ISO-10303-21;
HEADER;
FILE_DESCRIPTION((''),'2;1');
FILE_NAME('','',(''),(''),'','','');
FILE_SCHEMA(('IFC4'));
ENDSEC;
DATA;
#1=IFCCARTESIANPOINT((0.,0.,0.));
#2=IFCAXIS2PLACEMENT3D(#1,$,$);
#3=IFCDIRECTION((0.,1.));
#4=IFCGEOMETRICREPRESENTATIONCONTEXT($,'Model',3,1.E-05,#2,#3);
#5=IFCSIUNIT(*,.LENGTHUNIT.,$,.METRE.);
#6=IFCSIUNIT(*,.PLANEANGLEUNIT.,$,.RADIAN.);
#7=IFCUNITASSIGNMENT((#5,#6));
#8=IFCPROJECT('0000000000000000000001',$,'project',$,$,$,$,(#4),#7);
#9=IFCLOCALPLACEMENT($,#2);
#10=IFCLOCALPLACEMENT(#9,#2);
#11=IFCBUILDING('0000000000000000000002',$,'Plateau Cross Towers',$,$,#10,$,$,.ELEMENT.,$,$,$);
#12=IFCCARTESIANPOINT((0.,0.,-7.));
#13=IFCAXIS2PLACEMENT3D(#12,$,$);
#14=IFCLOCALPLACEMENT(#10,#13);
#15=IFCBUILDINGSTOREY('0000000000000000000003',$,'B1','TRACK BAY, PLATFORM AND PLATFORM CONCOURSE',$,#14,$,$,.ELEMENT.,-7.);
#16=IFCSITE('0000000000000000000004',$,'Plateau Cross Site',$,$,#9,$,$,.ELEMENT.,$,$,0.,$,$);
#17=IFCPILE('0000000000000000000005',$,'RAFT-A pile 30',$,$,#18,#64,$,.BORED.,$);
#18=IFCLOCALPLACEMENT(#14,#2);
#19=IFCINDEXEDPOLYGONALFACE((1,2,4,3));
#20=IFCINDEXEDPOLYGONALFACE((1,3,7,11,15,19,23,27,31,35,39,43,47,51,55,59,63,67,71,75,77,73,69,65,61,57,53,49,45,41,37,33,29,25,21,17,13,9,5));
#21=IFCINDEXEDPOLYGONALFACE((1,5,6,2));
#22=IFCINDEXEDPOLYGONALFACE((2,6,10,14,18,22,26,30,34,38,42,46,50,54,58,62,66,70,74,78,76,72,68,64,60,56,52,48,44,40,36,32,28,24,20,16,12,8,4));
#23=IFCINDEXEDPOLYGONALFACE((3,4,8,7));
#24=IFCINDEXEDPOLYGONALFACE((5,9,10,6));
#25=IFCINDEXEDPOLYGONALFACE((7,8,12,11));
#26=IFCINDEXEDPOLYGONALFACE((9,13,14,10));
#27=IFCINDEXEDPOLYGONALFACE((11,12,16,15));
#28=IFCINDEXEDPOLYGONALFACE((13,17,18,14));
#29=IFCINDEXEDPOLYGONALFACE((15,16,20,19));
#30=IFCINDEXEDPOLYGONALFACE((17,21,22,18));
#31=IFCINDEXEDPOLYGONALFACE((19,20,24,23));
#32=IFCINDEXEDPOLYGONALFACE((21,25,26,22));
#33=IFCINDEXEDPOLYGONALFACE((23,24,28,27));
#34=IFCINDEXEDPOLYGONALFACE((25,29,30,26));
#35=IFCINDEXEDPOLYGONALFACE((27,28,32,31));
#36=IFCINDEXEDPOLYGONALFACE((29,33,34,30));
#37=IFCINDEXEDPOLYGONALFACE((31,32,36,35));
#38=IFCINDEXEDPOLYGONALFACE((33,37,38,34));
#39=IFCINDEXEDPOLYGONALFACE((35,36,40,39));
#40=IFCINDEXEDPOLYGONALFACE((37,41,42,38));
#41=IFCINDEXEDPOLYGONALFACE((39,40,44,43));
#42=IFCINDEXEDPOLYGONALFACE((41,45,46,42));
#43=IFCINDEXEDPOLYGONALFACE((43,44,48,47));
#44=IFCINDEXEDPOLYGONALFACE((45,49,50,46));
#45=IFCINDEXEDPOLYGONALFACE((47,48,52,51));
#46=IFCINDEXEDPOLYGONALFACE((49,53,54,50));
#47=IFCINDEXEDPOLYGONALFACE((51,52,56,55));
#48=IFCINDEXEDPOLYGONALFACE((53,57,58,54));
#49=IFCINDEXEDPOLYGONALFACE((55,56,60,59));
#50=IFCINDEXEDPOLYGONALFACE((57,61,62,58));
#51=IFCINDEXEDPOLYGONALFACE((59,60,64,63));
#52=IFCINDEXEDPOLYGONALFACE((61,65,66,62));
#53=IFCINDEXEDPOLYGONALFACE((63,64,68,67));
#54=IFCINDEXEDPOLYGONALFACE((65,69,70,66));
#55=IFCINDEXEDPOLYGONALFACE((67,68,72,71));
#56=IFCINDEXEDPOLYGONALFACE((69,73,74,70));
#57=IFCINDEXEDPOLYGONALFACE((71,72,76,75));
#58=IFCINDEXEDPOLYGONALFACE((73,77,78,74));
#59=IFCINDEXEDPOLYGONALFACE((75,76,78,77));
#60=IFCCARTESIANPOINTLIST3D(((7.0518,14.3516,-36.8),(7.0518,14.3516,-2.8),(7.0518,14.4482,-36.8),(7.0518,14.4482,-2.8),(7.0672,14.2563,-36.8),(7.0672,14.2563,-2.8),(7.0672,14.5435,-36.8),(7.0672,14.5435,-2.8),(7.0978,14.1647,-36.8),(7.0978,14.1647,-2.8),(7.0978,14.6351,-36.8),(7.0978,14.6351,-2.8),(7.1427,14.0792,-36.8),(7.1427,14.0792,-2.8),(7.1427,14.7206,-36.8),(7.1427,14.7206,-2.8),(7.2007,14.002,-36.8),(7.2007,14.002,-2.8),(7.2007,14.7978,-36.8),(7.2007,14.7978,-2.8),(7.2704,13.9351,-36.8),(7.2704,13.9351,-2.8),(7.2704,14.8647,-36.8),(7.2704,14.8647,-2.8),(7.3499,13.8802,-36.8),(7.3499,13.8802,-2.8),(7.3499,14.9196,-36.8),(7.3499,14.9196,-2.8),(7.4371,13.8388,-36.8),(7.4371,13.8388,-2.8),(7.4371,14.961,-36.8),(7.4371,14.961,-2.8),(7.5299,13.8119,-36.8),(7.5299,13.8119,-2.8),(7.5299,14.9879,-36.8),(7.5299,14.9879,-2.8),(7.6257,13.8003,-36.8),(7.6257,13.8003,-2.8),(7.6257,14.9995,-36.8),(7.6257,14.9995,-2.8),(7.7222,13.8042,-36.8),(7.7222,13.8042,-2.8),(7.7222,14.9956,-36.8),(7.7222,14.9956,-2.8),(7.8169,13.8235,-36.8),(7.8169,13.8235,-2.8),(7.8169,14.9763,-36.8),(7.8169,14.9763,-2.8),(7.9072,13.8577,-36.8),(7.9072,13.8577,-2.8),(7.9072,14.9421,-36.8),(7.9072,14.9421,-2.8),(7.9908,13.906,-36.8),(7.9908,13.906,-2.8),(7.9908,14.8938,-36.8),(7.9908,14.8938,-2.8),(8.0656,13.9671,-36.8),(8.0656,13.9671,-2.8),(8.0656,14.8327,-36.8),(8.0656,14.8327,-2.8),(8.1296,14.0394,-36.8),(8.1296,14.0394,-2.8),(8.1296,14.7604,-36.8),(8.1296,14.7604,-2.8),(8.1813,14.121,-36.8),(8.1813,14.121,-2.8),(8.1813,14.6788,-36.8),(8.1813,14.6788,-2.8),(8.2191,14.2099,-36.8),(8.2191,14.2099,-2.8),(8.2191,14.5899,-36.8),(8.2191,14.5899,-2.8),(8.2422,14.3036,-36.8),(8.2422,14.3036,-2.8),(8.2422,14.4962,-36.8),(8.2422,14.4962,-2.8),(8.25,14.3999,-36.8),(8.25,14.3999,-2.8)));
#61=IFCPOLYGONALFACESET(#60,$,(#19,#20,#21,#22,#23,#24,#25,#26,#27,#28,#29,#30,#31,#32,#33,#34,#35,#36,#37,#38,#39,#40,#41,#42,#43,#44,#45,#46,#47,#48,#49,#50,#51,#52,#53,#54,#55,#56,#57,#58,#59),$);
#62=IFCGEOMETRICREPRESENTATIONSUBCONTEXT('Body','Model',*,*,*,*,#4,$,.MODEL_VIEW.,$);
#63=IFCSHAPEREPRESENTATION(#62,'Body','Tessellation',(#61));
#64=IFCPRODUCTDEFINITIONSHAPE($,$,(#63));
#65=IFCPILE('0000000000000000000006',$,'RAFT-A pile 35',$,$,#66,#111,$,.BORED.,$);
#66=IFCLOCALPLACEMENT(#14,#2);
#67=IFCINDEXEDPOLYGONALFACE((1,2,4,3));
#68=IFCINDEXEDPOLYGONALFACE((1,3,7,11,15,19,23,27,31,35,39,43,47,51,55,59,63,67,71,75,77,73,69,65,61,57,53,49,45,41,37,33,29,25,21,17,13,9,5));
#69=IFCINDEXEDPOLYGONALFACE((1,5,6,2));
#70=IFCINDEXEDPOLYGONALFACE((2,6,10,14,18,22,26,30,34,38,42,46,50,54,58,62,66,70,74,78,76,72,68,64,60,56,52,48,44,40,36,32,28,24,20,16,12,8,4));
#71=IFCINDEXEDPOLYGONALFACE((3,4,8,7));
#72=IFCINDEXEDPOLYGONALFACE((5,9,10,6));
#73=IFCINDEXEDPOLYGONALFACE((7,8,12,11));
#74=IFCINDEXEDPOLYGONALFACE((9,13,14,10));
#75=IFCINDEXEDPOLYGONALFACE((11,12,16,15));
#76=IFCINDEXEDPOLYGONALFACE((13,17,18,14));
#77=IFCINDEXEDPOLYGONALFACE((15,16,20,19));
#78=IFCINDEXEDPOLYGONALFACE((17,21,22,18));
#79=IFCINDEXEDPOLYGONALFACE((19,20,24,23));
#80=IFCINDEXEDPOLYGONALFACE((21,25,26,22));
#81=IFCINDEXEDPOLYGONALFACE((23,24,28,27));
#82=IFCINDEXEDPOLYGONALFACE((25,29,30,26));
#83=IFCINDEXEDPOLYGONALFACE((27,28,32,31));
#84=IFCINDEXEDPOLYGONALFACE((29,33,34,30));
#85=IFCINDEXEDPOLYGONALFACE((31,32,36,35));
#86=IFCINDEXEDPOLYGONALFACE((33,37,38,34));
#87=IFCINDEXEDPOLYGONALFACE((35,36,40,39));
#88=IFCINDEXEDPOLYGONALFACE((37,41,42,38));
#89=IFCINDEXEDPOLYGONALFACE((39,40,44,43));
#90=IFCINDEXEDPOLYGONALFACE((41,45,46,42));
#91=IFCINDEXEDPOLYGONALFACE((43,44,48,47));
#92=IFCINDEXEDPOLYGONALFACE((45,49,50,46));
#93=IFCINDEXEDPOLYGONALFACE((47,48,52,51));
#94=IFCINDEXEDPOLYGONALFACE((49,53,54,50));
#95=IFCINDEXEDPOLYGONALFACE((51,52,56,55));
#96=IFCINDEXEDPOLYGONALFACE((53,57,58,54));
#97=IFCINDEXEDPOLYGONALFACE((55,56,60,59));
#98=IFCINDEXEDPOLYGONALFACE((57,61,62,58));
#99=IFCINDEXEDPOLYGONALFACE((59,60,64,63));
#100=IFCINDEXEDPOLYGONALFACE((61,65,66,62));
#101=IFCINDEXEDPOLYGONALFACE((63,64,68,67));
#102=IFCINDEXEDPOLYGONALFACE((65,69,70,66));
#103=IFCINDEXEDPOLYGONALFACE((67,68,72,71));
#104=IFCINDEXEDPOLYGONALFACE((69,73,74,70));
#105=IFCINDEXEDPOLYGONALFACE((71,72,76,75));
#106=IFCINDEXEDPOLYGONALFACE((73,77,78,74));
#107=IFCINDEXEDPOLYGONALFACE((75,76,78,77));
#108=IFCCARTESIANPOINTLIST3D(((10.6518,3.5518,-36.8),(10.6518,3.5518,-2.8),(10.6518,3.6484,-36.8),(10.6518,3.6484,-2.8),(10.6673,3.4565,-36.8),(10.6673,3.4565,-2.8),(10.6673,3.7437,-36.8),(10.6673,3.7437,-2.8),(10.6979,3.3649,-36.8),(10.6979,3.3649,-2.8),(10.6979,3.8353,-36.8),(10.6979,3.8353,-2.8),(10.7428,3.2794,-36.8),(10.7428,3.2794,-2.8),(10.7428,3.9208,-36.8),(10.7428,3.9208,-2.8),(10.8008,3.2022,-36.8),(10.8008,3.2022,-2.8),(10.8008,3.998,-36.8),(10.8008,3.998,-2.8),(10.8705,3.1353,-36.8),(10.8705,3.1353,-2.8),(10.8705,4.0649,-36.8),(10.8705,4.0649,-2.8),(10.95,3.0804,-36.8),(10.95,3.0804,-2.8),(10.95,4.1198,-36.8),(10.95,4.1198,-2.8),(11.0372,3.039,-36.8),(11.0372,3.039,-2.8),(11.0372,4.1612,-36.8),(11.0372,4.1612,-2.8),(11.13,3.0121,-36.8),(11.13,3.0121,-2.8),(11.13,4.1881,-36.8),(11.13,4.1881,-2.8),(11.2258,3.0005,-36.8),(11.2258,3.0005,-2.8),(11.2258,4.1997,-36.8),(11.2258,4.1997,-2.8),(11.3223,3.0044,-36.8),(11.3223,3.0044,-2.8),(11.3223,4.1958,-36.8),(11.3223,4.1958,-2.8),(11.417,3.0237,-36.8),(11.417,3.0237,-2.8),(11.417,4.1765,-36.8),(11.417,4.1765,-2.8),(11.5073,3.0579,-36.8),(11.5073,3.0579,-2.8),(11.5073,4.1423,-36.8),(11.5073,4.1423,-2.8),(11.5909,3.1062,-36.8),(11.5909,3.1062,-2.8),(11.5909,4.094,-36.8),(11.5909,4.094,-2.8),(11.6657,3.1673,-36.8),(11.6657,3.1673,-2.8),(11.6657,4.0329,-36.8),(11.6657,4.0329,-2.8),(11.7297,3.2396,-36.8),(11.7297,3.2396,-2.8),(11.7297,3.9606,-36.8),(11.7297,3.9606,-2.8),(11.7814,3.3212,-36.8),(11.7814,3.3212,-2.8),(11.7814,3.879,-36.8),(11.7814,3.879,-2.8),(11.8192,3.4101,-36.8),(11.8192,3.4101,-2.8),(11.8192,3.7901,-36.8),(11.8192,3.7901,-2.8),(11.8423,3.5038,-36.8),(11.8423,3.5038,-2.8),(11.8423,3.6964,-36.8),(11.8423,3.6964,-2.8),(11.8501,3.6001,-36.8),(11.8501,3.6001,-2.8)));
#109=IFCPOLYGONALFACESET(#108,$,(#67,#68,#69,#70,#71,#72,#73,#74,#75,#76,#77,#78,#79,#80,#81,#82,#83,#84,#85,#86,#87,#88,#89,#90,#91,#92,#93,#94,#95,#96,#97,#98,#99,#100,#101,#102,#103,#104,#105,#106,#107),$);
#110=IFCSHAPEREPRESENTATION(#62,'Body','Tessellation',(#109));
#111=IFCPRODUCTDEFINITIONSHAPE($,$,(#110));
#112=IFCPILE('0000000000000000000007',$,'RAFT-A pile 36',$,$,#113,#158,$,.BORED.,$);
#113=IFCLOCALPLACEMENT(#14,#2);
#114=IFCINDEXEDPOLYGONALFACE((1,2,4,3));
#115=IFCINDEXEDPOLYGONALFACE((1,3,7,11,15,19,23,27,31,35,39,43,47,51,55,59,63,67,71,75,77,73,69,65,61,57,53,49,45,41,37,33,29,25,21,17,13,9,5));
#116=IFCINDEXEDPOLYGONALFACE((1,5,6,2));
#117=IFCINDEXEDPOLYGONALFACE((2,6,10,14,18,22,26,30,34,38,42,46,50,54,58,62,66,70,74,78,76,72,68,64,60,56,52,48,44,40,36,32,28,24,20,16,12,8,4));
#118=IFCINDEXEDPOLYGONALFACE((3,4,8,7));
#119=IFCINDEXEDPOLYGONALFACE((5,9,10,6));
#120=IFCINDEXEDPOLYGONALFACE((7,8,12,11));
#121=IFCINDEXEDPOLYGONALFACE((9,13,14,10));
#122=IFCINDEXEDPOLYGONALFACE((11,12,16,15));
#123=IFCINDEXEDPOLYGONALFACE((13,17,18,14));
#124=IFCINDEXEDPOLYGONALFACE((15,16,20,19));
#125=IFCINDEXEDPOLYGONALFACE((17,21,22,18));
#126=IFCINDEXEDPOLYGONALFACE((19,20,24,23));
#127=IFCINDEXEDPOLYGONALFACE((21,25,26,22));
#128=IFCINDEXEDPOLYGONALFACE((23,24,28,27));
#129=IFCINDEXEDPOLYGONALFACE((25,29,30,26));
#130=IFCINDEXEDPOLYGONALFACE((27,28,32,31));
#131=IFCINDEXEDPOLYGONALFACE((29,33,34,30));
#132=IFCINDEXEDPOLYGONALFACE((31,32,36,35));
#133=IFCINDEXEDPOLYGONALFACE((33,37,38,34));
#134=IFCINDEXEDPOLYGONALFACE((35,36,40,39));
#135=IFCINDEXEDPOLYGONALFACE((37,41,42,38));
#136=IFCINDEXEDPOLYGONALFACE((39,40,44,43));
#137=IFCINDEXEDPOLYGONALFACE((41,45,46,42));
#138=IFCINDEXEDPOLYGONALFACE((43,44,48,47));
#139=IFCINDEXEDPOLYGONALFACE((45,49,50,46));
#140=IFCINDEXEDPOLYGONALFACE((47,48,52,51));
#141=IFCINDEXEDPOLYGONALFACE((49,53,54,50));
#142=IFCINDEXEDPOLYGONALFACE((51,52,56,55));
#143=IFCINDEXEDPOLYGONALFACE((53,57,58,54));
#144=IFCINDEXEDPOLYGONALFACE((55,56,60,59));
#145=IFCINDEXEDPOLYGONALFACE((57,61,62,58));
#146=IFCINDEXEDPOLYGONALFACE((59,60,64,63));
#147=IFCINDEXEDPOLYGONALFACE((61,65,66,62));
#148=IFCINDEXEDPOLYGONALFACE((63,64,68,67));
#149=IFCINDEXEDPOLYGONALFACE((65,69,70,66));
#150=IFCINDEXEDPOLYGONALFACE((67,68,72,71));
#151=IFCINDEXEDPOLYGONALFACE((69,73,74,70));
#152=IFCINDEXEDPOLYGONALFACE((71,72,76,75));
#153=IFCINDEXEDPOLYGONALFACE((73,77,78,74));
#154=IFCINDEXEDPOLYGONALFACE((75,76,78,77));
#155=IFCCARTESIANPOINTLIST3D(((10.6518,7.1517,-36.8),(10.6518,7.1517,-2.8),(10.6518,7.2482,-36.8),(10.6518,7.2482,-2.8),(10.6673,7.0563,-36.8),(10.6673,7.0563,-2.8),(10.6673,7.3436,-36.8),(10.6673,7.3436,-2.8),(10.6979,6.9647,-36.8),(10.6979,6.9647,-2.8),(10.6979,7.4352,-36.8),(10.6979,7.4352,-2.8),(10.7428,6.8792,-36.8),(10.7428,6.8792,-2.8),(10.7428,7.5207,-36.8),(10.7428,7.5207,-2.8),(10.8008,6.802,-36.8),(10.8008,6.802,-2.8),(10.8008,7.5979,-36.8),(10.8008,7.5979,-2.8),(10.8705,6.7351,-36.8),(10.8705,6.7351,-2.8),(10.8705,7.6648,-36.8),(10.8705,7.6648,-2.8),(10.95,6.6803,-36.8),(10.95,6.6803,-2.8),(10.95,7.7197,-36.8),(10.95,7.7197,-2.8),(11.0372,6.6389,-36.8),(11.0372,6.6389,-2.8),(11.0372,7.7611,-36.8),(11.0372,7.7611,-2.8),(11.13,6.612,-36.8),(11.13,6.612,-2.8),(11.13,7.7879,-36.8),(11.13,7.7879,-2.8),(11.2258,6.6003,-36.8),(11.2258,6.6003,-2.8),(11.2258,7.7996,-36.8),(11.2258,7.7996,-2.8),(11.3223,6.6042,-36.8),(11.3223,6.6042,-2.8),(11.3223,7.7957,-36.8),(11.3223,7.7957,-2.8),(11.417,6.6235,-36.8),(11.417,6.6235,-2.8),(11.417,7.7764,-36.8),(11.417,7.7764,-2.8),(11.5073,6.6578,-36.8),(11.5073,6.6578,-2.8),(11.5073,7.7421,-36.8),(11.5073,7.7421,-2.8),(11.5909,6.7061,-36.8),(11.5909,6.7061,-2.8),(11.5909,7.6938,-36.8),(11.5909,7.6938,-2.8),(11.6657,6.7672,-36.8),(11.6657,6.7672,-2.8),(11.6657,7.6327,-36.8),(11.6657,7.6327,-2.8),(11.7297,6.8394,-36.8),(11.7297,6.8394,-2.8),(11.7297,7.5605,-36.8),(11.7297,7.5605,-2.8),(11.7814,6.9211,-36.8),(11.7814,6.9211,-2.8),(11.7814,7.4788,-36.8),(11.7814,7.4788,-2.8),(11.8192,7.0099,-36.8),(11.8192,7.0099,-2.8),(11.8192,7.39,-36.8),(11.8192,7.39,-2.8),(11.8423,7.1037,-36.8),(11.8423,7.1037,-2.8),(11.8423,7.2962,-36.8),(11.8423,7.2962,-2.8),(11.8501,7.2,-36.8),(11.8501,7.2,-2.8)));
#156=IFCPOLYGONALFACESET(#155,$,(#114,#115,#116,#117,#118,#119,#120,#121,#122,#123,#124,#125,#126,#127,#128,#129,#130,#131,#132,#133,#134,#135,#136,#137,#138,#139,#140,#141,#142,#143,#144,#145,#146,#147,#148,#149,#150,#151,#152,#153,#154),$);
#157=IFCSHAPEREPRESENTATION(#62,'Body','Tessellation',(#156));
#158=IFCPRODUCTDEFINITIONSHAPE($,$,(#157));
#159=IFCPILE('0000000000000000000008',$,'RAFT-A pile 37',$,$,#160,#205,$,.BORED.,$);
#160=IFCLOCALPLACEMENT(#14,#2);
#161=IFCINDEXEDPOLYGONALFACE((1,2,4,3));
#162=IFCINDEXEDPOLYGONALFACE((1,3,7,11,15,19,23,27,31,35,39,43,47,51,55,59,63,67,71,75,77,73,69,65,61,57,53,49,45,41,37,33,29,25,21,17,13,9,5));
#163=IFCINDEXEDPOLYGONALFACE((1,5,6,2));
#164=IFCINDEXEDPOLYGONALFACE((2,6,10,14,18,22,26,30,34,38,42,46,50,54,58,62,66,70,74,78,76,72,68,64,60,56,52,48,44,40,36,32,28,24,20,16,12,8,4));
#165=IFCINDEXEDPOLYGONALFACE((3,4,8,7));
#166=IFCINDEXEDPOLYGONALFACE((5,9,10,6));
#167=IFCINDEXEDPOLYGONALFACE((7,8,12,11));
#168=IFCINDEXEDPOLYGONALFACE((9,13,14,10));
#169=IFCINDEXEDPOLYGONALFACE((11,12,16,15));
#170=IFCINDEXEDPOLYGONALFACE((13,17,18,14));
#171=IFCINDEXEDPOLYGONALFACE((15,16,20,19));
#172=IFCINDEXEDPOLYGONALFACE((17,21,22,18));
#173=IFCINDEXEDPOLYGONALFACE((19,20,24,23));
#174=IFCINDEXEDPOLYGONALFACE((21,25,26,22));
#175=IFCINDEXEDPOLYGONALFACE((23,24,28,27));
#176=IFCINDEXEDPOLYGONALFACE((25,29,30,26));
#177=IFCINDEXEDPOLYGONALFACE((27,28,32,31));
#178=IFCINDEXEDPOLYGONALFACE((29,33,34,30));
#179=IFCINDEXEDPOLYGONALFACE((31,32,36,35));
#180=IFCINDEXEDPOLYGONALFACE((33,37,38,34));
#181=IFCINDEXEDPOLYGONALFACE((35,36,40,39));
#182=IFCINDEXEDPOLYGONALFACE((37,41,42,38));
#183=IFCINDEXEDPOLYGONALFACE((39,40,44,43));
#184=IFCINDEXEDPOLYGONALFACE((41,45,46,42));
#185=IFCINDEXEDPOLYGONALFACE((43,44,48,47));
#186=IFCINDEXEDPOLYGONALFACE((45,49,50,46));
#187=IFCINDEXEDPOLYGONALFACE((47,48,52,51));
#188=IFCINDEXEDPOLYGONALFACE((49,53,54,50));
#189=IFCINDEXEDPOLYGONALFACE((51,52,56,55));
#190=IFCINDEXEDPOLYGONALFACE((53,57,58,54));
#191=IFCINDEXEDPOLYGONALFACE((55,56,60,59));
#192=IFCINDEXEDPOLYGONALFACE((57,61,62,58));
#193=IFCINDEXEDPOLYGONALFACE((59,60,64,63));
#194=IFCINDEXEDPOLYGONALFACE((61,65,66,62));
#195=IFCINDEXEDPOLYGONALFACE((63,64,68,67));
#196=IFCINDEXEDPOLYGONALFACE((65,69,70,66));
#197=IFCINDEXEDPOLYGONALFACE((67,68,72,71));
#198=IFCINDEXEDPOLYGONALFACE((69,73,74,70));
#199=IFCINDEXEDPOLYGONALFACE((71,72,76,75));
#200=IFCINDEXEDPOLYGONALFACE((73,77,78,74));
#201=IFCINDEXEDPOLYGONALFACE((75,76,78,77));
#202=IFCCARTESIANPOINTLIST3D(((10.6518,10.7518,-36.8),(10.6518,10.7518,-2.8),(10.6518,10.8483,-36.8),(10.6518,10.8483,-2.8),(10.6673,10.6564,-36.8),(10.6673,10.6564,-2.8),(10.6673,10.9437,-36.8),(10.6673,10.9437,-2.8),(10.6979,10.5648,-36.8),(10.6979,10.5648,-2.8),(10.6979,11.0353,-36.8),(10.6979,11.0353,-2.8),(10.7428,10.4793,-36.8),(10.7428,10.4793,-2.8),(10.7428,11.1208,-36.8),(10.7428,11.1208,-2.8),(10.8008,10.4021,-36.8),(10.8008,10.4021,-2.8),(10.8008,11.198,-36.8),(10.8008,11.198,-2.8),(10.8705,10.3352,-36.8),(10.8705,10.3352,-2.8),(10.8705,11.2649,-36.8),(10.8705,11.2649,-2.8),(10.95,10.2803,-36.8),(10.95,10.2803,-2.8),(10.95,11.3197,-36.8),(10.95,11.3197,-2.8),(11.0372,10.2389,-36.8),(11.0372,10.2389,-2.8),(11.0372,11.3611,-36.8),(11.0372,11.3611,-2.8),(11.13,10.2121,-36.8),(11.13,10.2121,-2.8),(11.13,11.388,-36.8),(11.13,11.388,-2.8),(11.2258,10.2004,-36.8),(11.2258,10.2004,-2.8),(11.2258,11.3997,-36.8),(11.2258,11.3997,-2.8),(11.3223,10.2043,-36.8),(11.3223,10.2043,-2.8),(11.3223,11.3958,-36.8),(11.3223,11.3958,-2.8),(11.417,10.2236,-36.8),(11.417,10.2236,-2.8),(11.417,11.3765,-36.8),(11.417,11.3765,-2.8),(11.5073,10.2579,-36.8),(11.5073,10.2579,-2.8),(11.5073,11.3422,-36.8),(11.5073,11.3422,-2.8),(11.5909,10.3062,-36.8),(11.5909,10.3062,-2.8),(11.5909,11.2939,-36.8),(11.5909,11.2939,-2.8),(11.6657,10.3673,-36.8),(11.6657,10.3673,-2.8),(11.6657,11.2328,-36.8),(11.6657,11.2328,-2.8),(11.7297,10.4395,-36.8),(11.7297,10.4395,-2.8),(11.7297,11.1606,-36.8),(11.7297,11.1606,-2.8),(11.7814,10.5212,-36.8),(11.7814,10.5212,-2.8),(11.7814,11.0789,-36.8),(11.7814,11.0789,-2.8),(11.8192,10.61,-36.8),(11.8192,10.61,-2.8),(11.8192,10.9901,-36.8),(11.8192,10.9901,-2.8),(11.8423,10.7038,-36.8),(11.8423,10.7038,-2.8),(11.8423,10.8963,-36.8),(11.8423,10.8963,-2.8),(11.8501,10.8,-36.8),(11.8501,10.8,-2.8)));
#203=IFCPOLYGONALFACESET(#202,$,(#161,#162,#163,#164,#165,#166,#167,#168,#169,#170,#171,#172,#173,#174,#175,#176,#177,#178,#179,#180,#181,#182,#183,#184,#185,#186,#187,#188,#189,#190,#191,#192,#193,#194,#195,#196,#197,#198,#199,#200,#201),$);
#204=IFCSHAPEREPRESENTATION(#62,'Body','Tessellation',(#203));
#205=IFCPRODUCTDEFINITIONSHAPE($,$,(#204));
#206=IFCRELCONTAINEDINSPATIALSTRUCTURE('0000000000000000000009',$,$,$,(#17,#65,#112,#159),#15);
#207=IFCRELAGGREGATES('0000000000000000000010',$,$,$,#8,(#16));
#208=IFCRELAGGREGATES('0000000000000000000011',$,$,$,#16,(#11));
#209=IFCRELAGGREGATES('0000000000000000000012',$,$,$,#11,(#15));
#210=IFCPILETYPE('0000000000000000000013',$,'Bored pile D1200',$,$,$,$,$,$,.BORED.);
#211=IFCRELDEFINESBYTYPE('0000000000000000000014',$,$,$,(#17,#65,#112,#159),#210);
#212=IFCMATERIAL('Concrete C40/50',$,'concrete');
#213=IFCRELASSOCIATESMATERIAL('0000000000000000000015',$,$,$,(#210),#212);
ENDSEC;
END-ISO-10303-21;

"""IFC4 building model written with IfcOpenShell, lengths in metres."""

from ifc_helpers import new_model, si_unit, direction, frame, origin, origin_2d, place, context, subcontext, project, spatial, circle, extrude, material, material_profile, profile_set, type_object, element, save


model = new_model("IFC4")

# Units and contexts
model_context = context("Model", 3, precision=1e-05, world=origin(), true_north=direction((0.0, 1.0)))
body_context = subcontext(model_context, "Body", "Model", "MODEL_VIEW")
ifc_project = project(units=[si_unit("LENGTHUNIT", "METRE"), si_unit("PLANEANGLEUNIT", "RADIAN")], contexts=[model_context])

# Site, building, storey
site_placement = place(None, origin())
site = spatial("IfcSite", under=ifc_project, at=site_placement, Name="Plateau Cross Site", CompositionType="ELEMENT", RefElevation=0.0)
building_placement = place(site_placement, origin())
building = spatial("IfcBuilding", under=site, at=building_placement, Name="Plateau Cross Towers", CompositionType="ELEMENT")
storey_placement = place(building_placement, frame((0.0, 0.0, -7.0)))
storey = spatial("IfcBuildingStorey", under=building, at=storey_placement, Name="B1", Description="TRACK BAY, PLATFORM AND PLATFORM CONCOURSE", CompositionType="ELEMENT", Elevation=-7.0)

# Piles
ifc_material_1 = material(Name="Concrete C40/50", Category="concrete")
ifc_material_profile = material_profile(ifc_material_1, circle(Radius=0.6001, at=origin_2d()), Name="Bored pile D1200")
ifc_profile_set = profile_set([ifc_material_profile], Name="Concrete C40/50")
pile_type = type_object("IfcPileType", Name="Bored pile D1200", PredefinedType="BORED", material=ifc_profile_set)
for number, where, z_axis, x_axis, name in (
    (1, (7.6499, 14.3999, -2.8), (0.0, 0.0, -1.0), (1.0, 0.0, 0.0), "RAFT-A pile 30"),
    (2, (11.25, 3.6001, -2.8), (0.0, 0.0, -1.0), (1.0, 0.0, 0.0), "RAFT-A pile 35"),
    (3, (11.25, 7.2, -2.8), (0.0, 0.0, -1.0), (1.0, 0.0, 0.0), "RAFT-A pile 36"),
    (4, (11.25, 10.8, -2.8), (0.0, 0.0, -1.0), (1.0, 0.0, 0.0), "RAFT-A pile 37"),
):
    element("IfcPile", number, at=place(storey_placement, frame(where, z_axis=z_axis, x_axis=x_axis)), inside=storey, type_object=pile_type, Name=name, PredefinedType="BORED", context=body_context, shape_type="SweptSolid", body=[
        extrude(circle(Radius=0.6001, at=origin_2d()), origin(), (0.0, 0.0, 1.0), 34.0),
    ])

save(model, "model.ifc")
